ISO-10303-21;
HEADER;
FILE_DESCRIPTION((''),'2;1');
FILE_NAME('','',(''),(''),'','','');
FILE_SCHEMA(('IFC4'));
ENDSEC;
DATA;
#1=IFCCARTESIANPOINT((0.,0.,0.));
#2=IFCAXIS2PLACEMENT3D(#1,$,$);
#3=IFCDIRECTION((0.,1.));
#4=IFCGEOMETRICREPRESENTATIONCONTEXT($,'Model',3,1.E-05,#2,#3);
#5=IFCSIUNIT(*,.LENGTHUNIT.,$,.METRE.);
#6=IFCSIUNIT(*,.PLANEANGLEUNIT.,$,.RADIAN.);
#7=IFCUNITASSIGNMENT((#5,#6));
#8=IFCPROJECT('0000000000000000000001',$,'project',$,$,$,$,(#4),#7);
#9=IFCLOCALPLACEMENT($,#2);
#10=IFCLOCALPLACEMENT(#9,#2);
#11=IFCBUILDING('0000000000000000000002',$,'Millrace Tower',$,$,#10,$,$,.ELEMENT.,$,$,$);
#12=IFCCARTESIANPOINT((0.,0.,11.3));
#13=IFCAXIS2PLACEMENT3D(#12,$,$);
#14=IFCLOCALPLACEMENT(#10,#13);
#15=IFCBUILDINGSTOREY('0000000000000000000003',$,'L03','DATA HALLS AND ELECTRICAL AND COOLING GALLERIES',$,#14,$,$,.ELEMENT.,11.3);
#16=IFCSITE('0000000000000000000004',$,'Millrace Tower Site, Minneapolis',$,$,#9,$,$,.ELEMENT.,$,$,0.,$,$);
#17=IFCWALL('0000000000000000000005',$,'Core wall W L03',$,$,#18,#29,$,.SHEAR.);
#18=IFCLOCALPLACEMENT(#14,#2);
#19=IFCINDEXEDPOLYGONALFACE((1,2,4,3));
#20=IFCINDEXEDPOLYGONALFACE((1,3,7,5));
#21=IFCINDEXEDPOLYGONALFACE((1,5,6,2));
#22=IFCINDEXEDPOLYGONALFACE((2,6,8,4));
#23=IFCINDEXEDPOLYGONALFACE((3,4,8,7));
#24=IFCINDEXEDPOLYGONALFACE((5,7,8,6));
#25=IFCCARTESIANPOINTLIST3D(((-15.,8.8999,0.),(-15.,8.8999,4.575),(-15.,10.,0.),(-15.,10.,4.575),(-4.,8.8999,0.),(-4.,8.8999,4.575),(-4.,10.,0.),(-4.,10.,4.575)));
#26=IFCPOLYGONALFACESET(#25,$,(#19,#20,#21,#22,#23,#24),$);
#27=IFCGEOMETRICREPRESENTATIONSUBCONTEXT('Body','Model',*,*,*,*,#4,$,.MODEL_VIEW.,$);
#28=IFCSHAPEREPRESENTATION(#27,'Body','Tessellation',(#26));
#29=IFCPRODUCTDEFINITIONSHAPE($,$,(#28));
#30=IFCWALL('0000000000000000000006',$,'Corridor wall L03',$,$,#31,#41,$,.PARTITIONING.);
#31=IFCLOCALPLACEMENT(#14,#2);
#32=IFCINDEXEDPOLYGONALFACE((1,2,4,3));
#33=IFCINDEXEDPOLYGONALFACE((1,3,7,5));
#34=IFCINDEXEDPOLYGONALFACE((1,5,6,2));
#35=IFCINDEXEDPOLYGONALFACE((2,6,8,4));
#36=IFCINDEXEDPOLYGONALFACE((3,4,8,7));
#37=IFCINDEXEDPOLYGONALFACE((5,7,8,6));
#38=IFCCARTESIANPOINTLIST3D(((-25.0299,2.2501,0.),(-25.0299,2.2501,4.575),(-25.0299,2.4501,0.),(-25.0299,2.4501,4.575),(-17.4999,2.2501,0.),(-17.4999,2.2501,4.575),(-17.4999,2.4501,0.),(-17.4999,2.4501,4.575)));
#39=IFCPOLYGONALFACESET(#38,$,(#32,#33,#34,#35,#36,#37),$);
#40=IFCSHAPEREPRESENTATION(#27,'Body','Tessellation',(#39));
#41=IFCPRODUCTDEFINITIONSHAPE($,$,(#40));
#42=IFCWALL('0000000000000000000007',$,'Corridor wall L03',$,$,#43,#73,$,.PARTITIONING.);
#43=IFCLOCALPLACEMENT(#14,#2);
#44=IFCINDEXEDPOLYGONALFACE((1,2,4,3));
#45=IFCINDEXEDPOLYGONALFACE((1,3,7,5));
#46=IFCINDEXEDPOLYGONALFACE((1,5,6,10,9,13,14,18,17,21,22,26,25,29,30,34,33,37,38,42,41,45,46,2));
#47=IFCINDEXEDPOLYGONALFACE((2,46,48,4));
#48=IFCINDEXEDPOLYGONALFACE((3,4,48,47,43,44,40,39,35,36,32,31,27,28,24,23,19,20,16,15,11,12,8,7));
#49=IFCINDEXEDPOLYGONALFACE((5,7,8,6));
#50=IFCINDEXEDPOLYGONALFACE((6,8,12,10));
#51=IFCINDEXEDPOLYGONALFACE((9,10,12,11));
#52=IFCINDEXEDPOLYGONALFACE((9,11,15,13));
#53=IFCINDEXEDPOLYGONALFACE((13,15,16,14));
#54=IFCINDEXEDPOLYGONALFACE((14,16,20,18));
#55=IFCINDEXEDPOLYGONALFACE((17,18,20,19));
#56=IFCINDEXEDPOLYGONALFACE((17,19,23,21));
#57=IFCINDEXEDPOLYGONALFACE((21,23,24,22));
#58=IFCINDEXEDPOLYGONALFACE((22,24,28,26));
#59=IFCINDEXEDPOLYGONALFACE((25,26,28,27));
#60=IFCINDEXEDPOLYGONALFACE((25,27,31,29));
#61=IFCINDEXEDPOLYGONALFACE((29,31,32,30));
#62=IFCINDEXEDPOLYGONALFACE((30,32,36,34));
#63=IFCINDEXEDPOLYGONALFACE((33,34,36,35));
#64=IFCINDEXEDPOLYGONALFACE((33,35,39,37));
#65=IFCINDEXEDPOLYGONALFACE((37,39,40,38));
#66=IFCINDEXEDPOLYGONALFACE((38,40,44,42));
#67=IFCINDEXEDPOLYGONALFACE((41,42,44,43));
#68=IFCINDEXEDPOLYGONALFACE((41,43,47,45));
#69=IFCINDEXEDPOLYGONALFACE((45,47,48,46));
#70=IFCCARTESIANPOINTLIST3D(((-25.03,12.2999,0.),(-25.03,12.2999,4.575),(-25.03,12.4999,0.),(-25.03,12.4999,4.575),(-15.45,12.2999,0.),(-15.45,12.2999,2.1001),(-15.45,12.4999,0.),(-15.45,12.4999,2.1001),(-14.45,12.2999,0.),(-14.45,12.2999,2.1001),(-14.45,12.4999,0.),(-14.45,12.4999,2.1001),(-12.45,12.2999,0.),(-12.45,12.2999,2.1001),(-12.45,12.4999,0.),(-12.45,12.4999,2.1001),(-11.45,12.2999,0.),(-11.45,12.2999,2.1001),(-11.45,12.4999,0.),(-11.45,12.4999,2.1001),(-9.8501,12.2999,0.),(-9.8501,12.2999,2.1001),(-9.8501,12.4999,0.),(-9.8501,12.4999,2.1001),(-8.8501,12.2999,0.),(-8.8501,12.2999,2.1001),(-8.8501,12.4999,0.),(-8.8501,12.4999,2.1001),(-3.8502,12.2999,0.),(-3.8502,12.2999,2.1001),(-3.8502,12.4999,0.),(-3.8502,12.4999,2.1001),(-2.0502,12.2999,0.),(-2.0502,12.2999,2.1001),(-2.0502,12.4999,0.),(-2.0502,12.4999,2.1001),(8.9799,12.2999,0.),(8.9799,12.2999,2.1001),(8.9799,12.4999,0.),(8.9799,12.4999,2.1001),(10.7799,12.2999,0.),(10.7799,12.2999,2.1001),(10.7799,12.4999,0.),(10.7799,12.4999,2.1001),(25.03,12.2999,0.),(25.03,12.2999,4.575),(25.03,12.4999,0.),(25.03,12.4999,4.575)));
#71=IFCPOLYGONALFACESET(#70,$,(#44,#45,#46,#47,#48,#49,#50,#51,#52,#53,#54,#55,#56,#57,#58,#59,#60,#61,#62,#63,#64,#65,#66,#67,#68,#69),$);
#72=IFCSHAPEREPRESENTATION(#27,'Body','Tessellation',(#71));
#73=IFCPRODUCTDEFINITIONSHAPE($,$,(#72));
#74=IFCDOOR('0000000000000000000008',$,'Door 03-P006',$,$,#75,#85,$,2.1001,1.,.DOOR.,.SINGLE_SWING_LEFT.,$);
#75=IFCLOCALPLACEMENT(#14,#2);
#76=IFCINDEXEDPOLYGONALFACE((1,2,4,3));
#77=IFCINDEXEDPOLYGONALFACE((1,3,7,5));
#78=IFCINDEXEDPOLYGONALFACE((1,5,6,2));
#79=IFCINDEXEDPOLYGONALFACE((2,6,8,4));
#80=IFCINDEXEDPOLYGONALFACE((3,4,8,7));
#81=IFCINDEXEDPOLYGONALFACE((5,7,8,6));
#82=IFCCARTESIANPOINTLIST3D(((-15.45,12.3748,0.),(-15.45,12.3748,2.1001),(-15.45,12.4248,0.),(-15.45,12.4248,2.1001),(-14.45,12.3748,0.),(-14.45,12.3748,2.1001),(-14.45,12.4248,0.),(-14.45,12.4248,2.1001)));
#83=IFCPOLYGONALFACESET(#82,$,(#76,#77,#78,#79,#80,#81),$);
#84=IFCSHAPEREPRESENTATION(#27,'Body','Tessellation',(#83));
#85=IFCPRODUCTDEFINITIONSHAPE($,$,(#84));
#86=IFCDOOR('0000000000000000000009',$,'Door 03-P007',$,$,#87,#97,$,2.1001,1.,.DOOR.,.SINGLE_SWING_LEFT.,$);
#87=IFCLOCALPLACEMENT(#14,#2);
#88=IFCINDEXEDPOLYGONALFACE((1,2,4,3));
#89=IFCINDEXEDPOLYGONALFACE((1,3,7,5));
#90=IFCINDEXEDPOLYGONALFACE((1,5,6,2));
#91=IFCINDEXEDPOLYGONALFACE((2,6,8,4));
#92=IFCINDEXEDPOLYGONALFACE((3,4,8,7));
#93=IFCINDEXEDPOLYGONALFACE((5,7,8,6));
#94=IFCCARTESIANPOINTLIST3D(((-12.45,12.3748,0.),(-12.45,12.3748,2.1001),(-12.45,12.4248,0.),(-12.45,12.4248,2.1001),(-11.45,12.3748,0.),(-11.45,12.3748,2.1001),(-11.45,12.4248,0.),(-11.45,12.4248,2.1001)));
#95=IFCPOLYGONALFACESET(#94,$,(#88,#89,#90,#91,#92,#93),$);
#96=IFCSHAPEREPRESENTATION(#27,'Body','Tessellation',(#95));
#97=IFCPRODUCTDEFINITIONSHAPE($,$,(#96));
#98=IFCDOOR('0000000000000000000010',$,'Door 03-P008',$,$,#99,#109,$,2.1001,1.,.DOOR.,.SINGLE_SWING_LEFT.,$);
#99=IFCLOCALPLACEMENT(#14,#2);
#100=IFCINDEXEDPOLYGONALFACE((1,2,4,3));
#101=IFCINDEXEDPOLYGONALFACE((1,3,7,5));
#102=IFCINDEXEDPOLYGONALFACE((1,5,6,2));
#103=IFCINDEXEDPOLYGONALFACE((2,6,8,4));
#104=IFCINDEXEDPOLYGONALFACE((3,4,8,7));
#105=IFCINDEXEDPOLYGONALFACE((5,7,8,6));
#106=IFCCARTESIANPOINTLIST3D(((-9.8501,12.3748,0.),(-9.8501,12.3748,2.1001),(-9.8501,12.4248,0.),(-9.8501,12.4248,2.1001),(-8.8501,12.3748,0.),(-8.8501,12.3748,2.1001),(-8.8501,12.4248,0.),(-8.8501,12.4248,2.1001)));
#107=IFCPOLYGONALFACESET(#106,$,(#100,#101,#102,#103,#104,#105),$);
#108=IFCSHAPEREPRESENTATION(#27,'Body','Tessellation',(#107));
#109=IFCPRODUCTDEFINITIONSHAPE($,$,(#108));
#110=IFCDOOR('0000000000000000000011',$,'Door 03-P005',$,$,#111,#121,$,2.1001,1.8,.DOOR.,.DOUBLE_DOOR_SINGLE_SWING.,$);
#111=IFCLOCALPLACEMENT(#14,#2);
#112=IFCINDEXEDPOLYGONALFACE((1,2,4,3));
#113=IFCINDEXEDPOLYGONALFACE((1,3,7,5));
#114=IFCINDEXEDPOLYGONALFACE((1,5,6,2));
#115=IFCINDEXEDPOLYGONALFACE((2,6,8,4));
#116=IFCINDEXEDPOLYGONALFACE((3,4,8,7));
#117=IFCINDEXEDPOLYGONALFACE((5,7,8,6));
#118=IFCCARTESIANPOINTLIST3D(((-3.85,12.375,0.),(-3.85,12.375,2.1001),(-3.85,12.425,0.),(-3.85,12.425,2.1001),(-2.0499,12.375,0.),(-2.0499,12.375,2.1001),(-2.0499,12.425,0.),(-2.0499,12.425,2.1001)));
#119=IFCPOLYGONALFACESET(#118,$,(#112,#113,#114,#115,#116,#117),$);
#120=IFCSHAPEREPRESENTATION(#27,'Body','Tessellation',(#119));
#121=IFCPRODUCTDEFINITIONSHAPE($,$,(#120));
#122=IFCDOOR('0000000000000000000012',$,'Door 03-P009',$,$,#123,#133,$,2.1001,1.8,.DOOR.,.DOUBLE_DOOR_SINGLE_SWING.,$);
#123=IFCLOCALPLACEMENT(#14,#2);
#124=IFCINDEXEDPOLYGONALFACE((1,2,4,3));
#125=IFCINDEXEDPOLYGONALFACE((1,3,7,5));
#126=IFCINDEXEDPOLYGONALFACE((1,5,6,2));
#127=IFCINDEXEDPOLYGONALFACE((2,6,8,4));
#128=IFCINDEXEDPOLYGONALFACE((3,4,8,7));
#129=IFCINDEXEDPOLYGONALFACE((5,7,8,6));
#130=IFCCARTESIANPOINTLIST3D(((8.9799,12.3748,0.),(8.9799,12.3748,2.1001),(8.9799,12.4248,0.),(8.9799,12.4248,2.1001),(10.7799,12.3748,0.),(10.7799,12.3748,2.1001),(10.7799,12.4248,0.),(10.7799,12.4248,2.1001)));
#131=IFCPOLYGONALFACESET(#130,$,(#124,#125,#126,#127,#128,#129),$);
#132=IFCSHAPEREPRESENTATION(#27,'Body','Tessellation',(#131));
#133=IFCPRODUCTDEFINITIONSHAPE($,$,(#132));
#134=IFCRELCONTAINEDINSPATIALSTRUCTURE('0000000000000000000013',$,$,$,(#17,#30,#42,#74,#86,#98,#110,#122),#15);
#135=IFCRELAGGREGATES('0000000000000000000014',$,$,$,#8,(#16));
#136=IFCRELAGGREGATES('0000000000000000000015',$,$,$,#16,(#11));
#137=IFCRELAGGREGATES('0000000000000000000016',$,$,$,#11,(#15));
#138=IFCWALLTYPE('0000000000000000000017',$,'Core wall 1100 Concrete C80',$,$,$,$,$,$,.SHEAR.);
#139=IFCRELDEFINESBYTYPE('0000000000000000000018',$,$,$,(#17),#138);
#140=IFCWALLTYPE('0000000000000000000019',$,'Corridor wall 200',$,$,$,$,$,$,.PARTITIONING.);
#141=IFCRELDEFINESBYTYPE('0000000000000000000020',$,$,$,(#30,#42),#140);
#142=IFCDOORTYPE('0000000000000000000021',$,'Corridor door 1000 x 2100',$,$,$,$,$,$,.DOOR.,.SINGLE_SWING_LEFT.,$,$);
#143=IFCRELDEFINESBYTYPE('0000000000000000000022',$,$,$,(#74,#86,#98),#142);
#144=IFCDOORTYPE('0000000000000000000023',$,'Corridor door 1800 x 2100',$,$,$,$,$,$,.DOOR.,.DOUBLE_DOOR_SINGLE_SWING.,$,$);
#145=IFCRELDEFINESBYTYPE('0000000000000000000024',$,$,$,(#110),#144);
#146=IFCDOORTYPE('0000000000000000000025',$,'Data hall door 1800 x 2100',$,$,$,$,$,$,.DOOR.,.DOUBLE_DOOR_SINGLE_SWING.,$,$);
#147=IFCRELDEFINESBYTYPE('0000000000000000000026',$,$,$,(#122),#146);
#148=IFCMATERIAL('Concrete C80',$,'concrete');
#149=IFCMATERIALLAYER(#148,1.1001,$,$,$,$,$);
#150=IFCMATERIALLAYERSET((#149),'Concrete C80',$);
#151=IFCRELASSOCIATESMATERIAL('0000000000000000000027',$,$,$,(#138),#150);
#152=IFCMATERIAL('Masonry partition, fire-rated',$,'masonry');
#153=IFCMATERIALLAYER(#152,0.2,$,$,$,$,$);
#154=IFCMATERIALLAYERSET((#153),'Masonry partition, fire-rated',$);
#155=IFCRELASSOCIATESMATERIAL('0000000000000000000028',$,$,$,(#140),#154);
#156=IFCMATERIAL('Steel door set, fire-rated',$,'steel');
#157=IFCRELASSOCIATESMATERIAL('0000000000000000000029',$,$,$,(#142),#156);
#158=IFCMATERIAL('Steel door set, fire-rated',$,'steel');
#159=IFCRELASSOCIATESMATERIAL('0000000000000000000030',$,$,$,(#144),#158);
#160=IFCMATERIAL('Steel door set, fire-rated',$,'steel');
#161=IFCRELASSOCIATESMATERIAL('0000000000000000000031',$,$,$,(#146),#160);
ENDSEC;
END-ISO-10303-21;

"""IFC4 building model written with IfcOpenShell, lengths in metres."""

from ifc_helpers import new_model, si_unit, direction, frame, frame_2d, origin, place, context, subcontext, project, spatial, rectangle, extrude, material, layer, layer_set, type_object, element, fill, save


model = new_model("IFC4")

# Units and contexts
model_context = context("Model", 3, precision=1e-05, world=origin(), true_north=direction((0.0, 1.0)))
body_context = subcontext(model_context, "Body", "Model", "MODEL_VIEW")
ifc_project = project(units=[si_unit("LENGTHUNIT", "METRE"), si_unit("PLANEANGLEUNIT", "RADIAN")], contexts=[model_context])

# Site, building, storey
site_placement = place(None, origin())
site = spatial("IfcSite", under=ifc_project, at=site_placement, Name="Millrace Tower Site, Minneapolis", CompositionType="ELEMENT", RefElevation=0.0)
building_placement = place(site_placement, origin())
building = spatial("IfcBuilding", under=site, at=building_placement, Name="Millrace Tower", CompositionType="ELEMENT")
storey_placement = place(building_placement, frame((0.0, 0.0, 11.3)))
storey = spatial("IfcBuildingStorey", under=building, at=storey_placement, Name="L03", Description="DATA HALLS AND ELECTRICAL AND COOLING GALLERIES", CompositionType="ELEMENT", Elevation=11.3)

# Walls
ifc_material_1 = material(Name="Concrete C80", Category="concrete")
ifc_layer_1 = layer(ifc_material_1, 1.1001)
ifc_layer_set_1 = layer_set([ifc_layer_1], Name="Concrete C80")
wall_type_1 = type_object("IfcWallType", Name="Core wall 1100 Concrete C80", PredefinedType="SHEAR", material=ifc_layer_set_1)
wall_1_placement = place(storey_placement, frame((-15.0, 9.45, 0.0), z_axis=(0.0, 0.0, 1.0), x_axis=(1.0, 0.0, 0.0)))
element("IfcWall", 1, at=wall_1_placement, inside=storey, type_object=wall_type_1, Name="Core wall W L03", PredefinedType="SHEAR", context=body_context, shape_type="SweptSolid", body=[
    extrude(rectangle(XDim=11.0, YDim=1.1001, at=frame_2d((5.5, 0.0))), origin(), (0.0, 0.0, 1.0), 4.575),
])
ifc_material_2 = material(Name="Masonry partition, fire-rated", Category="masonry")
ifc_layer_2 = layer(ifc_material_2, 0.2)
ifc_layer_set_2 = layer_set([ifc_layer_2], Name="Masonry partition, fire-rated")
wall_type_2 = type_object("IfcWallType", Name="Corridor wall 200", PredefinedType="PARTITIONING", material=ifc_layer_set_2)
wall_2_placement = place(storey_placement, frame((-25.03, 2.3501, 0.0), z_axis=(0.0, 0.0, 1.0), x_axis=(1.0, 0.0, 0.0)))
element("IfcWall", 2, at=wall_2_placement, inside=storey, type_object=wall_type_2, Name="Corridor wall L03", PredefinedType="PARTITIONING", context=body_context, shape_type="SweptSolid", body=[
    extrude(rectangle(XDim=7.53, YDim=0.2, at=frame_2d((3.7651, 0.0))), origin(), (0.0, 0.0, 1.0), 4.575),
])

# Wall, openings, doors
wall_3_placement = place(storey_placement, frame((-25.03, 12.3999, 0.0), z_axis=(0.0, 0.0, 1.0), x_axis=(1.0, 0.0, 0.0)))
wall_3 = element("IfcWall", 3, at=wall_3_placement, inside=storey, type_object=wall_type_2, Name="Corridor wall L03", PredefinedType="PARTITIONING", context=body_context, shape_type="SweptSolid", body=[
    extrude(rectangle(XDim=50.0601, YDim=0.2, at=frame_2d((25.03, 0.0))), origin(), (0.0, 0.0, 1.0), 4.575),
])
opening_1_placement = place(wall_3_placement, frame((21.1799, 0.0, 0.0)))
opening_1 = element("IfcOpeningElement", 4, at=opening_1_placement, cuts=wall_3, PredefinedType="OPENING", context=body_context, shape_type="SweptSolid", body=[
    extrude(rectangle(XDim=1.8, YDim=2.1001, at=frame_2d((0.8999, 1.05))), frame((0.0, 0.1099, 0.0), z_axis=(0.0, -1.0, 0.0), x_axis=(1.0, 0.0, 0.0)), (0.0, 0.0, 1.0), 0.22),
])
opening_2_placement = place(wall_3_placement, frame((9.5801, 0.0, 0.0)))
opening_2 = element("IfcOpeningElement", 5, at=opening_2_placement, cuts=wall_3, PredefinedType="OPENING", context=body_context, shape_type="SweptSolid", body=[
    extrude(rectangle(XDim=1.0, YDim=2.1001, at=frame_2d((0.5, 1.05))), frame((0.0, 0.1099, 0.0), z_axis=(0.0, -1.0, 0.0), x_axis=(1.0, 0.0, 0.0)), (0.0, 0.0, 1.0), 0.22),
])
opening_3_placement = place(wall_3_placement, frame((12.5801, 0.0, 0.0)))
opening_3 = element("IfcOpeningElement", 6, at=opening_3_placement, cuts=wall_3, PredefinedType="OPENING", context=body_context, shape_type="SweptSolid", body=[
    extrude(rectangle(XDim=1.0, YDim=2.1001, at=frame_2d((0.5, 1.05))), frame((0.0, 0.1099, 0.0), z_axis=(0.0, -1.0, 0.0), x_axis=(1.0, 0.0, 0.0)), (0.0, 0.0, 1.0), 0.22),
])
opening_4_placement = place(wall_3_placement, frame((15.1799, 0.0, 0.0)))
opening_4 = element("IfcOpeningElement", 7, at=opening_4_placement, cuts=wall_3, PredefinedType="OPENING", context=body_context, shape_type="SweptSolid", body=[
    extrude(rectangle(XDim=1.0, YDim=2.1001, at=frame_2d((0.5, 1.05))), frame((0.0, 0.1099, 0.0), z_axis=(0.0, -1.0, 0.0), x_axis=(1.0, 0.0, 0.0)), (0.0, 0.0, 1.0), 0.22),
])
opening_5_placement = place(wall_3_placement, frame((34.01, 0.0, 0.0)))
opening_5 = element("IfcOpeningElement", 8, at=opening_5_placement, cuts=wall_3, PredefinedType="OPENING", context=body_context, shape_type="SweptSolid", body=[
    extrude(rectangle(XDim=1.8, YDim=2.1001, at=frame_2d((0.8999, 1.05))), frame((0.0, 0.1099, 0.0), z_axis=(0.0, -1.0, 0.0), x_axis=(1.0, 0.0, 0.0)), (0.0, 0.0, 1.0), 0.22),
])
ifc_material_3 = material(Name="Steel door set, fire-rated", Category="steel")
door_type_1 = type_object("IfcDoorType", Name="Corridor door 1000 x 2100", OperationType="SINGLE_SWING_LEFT", PredefinedType="DOOR", material=ifc_material_3)
door_1_placement = place(opening_2_placement, origin())
door_1 = element("IfcDoor", 9, at=door_1_placement, inside=storey, type_object=door_type_1, Name="Door 03-P006", OperationType="SINGLE_SWING_LEFT", OverallHeight=2.1001, OverallWidth=1.0, PredefinedType="DOOR", context=body_context, shape_type="SweptSolid", body=[
    extrude(rectangle(XDim=1.0, YDim=2.1001, at=frame_2d((0.5, 1.05))), frame((0.0, 0.0249, 0.0), z_axis=(0.0, -1.0, 0.0), x_axis=(1.0, 0.0, 0.0)), (0.0, 0.0, 1.0), 0.05),
])
fill(opening_2, door_1)
door_2_placement = place(opening_3_placement, origin())
door_2 = element("IfcDoor", 10, at=door_2_placement, inside=storey, type_object=door_type_1, Name="Door 03-P007", OperationType="SINGLE_SWING_LEFT", OverallHeight=2.1001, OverallWidth=1.0, PredefinedType="DOOR", context=body_context, shape_type="SweptSolid", body=[
    extrude(rectangle(XDim=1.0, YDim=2.1001, at=frame_2d((0.5, 1.05))), frame((0.0, 0.0249, 0.0), z_axis=(0.0, -1.0, 0.0), x_axis=(1.0, 0.0, 0.0)), (0.0, 0.0, 1.0), 0.05),
])
fill(opening_3, door_2)
door_3_placement = place(opening_4_placement, origin())
door_3 = element("IfcDoor", 11, at=door_3_placement, inside=storey, type_object=door_type_1, Name="Door 03-P008", OperationType="SINGLE_SWING_LEFT", OverallHeight=2.1001, OverallWidth=1.0, PredefinedType="DOOR", context=body_context, shape_type="SweptSolid", body=[
    extrude(rectangle(XDim=1.0, YDim=2.1001, at=frame_2d((0.5, 1.05))), frame((0.0, 0.0249, 0.0), z_axis=(0.0, -1.0, 0.0), x_axis=(1.0, 0.0, 0.0)), (0.0, 0.0, 1.0), 0.05),
])
fill(opening_4, door_3)
ifc_material_4 = material(Name="Steel door set, fire-rated", Category="steel")
door_type_2 = type_object("IfcDoorType", Name="Corridor door 1800 x 2100", OperationType="DOUBLE_DOOR_SINGLE_SWING", PredefinedType="DOOR", material=ifc_material_4)
door_4_placement = place(opening_1_placement, frame((1.8, 0.0, 0.0), z_axis=(0.0, 0.0, 1.0), x_axis=(-1.0, 0.0, 0.0)))
door_4 = element("IfcDoor", 12, at=door_4_placement, inside=storey, type_object=door_type_2, Name="Door 03-P005", OperationType="DOUBLE_DOOR_SINGLE_SWING", OverallHeight=2.1001, OverallWidth=1.8, PredefinedType="DOOR", context=body_context, shape_type="SweptSolid", body=[
    extrude(rectangle(XDim=1.8, YDim=2.1001, at=frame_2d((0.8999, 1.05))), frame((0.0, 0.0249, 0.0), z_axis=(0.0, -1.0, 0.0), x_axis=(1.0, 0.0, 0.0)), (0.0, 0.0, 1.0), 0.05),
])
fill(opening_1, door_4)
ifc_material_5 = material(Name="Steel door set, fire-rated", Category="steel")
door_type_3 = type_object("IfcDoorType", Name="Data hall door 1800 x 2100", OperationType="DOUBLE_DOOR_SINGLE_SWING", PredefinedType="DOOR", material=ifc_material_5)
door_5_placement = place(opening_5_placement, origin())
door_5 = element("IfcDoor", 13, at=door_5_placement, inside=storey, type_object=door_type_3, Name="Door 03-P009", OperationType="DOUBLE_DOOR_SINGLE_SWING", OverallHeight=2.1001, OverallWidth=1.8, PredefinedType="DOOR", context=body_context, shape_type="SweptSolid", body=[
    extrude(rectangle(XDim=1.8, YDim=2.1001, at=frame_2d((0.8999, 1.05))), frame((0.0, 0.0249, 0.0), z_axis=(0.0, -1.0, 0.0), x_axis=(1.0, 0.0, 0.0)), (0.0, 0.0, 1.0), 0.05),
])
fill(opening_5, door_5)

save(model, "model.ifc")
